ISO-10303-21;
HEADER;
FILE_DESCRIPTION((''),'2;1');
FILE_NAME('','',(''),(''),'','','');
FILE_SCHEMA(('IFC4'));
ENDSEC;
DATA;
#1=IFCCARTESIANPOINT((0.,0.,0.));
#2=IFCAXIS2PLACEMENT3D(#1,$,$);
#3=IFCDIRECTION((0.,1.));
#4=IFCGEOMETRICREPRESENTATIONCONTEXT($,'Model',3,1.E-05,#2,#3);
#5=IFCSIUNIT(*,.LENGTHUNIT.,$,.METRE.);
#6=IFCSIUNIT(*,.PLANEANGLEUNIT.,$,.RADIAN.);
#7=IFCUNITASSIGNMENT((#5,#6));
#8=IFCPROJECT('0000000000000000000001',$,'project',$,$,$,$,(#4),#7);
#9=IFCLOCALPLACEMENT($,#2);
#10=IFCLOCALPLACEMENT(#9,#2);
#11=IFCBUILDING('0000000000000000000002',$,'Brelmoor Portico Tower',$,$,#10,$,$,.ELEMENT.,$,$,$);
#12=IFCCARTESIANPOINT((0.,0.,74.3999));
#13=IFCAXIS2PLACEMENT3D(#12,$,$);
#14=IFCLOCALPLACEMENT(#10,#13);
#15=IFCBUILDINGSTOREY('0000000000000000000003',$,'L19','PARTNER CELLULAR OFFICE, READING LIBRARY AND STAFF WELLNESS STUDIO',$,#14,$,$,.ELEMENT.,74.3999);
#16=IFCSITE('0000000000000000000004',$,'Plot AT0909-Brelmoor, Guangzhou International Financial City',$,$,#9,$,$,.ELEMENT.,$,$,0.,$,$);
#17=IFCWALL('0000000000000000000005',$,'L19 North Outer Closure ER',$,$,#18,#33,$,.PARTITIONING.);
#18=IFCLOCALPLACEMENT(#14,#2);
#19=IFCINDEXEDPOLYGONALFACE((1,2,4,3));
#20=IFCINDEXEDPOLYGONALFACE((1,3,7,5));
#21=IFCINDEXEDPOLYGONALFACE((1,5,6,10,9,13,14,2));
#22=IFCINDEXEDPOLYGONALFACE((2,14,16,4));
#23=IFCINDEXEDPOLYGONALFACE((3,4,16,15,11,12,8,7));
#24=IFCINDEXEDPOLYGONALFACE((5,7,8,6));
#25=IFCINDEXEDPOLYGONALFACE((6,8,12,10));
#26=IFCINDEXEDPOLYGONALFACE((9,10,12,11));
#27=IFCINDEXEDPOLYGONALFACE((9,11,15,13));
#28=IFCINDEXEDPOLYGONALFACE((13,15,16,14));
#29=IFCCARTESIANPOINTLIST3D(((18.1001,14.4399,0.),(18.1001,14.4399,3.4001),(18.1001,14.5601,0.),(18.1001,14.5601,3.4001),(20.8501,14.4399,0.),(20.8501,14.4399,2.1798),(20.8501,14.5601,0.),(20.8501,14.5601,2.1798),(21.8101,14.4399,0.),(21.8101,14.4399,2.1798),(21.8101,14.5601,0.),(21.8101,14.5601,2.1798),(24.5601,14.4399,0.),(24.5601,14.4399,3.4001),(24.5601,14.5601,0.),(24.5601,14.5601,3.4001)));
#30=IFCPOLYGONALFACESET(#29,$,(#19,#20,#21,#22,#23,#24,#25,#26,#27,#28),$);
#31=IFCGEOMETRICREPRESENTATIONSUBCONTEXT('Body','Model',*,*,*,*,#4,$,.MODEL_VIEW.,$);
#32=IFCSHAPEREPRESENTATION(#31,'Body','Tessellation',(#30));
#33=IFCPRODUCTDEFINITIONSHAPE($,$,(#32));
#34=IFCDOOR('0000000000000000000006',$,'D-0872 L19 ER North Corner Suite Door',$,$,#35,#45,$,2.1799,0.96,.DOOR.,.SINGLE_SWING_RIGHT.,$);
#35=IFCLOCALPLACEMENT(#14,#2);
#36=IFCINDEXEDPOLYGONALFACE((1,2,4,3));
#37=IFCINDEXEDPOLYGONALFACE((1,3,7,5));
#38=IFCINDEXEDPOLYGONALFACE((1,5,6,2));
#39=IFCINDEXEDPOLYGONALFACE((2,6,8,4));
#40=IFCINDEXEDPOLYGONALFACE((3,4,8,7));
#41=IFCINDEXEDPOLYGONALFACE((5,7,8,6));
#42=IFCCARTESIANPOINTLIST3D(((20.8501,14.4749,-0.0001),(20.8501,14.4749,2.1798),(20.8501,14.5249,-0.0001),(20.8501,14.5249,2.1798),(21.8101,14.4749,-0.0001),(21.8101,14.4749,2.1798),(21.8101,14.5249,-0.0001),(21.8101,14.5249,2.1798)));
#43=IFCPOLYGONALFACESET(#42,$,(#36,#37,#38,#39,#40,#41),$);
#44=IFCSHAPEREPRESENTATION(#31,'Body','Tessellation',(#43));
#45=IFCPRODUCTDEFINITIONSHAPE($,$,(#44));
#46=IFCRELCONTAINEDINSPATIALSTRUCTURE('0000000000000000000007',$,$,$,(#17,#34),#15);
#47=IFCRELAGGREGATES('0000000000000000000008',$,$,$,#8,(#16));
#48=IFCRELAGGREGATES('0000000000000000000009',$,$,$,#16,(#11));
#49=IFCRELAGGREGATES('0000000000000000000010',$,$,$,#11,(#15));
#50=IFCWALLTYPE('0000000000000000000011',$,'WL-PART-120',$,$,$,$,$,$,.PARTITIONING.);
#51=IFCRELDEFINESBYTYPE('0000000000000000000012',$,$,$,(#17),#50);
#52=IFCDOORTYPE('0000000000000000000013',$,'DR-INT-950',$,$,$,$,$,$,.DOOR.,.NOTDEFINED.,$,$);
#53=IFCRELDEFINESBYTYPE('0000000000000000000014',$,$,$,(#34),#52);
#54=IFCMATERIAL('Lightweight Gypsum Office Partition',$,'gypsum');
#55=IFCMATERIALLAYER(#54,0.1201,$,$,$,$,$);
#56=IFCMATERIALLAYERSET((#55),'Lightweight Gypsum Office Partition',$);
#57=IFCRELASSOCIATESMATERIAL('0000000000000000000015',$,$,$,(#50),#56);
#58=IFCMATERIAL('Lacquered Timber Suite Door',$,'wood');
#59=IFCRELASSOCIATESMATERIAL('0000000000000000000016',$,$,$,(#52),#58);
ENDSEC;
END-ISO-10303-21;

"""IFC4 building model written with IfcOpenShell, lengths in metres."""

from ifc_helpers import new_model, si_unit, direction, frame, frame_2d, origin, place, context, subcontext, project, spatial, rectangle, extrude, material, layer, layer_set, type_object, element, fill, save


model = new_model("IFC4")

# Units and contexts
model_context = context("Model", 3, precision=1e-05, world=origin(), true_north=direction((0.0, 1.0)))
body_context = subcontext(model_context, "Body", "Model", "MODEL_VIEW")
ifc_project = project(units=[si_unit("LENGTHUNIT", "METRE"), si_unit("PLANEANGLEUNIT", "RADIAN")], contexts=[model_context])

# Site, building, storey
site_placement = place(None, origin())
site = spatial("IfcSite", under=ifc_project, at=site_placement, Name="Plot AT0909-Brelmoor, Guangzhou International Financial City", CompositionType="ELEMENT", RefElevation=0.0)
building_placement = place(site_placement, origin())
building = spatial("IfcBuilding", under=site, at=building_placement, Name="Brelmoor Portico Tower", CompositionType="ELEMENT")
storey_placement = place(building_placement, frame((0.0, 0.0, 74.3999)))
storey = spatial("IfcBuildingStorey", under=building, at=storey_placement, Name="L19", Description="PARTNER CELLULAR OFFICE, READING LIBRARY AND STAFF WELLNESS STUDIO", CompositionType="ELEMENT", Elevation=74.3999)

# Wall, opening, door
ifc_material_1 = material(Name="Lightweight Gypsum Office Partition", Category="gypsum")
ifc_layer_1 = layer(ifc_material_1, 0.1201)
ifc_layer_set_1 = layer_set([ifc_layer_1], Name="Lightweight Gypsum Office Partition")
wall_type_1 = type_object("IfcWallType", Name="WL-PART-120", PredefinedType="PARTITIONING", material=ifc_layer_set_1)
wall_placement = place(storey_placement, frame((18.1001, 14.5, 0.0), z_axis=(0.0, 0.0, 1.0), x_axis=(1.0, 0.0, 0.0)))
wall = element("IfcWall", 1, at=wall_placement, inside=storey, type_object=wall_type_1, Name="L19 North Outer Closure ER", PredefinedType="PARTITIONING", context=body_context, shape_type="SweptSolid", body=[
    extrude(rectangle(XDim=6.46, YDim=0.1201, at=frame_2d((3.23, 0.0))), origin(), (0.0, 0.0, 1.0), 3.4001),
])
opening_placement = place(wall_placement, frame((2.75, 0.0, 0.0)))
opening = element("IfcOpeningElement", 2, at=opening_placement, cuts=wall, PredefinedType="OPENING", context=body_context, shape_type="SweptSolid", body=[
    extrude(rectangle(XDim=0.96, YDim=2.1799, at=frame_2d((0.48, 1.0898))), frame((0.0, 0.0701, 0.0), z_axis=(0.0, -1.0, 0.0), x_axis=(1.0, 0.0, 0.0)), (0.0, 0.0, 1.0), 0.1401),
])
ifc_material_2 = material(Name="Lacquered Timber Suite Door", Category="wood")
door_type = type_object("IfcDoorType", Name="DR-INT-950", OperationType="NOTDEFINED", PredefinedType="DOOR", material=ifc_material_2)
door_placement = place(opening_placement, origin())
door = element("IfcDoor", 3, at=door_placement, inside=storey, type_object=door_type, Name="D-0872 L19 ER North Corner Suite Door", OperationType="SINGLE_SWING_RIGHT", OverallHeight=2.1799, OverallWidth=0.96, PredefinedType="DOOR", context=body_context, shape_type="SweptSolid", body=[
    extrude(rectangle(XDim=0.96, YDim=2.1799, at=frame_2d((0.48, 1.0898))), frame((0.0, 0.0249, 0.0), z_axis=(0.0, -1.0, 0.0), x_axis=(1.0, 0.0, 0.0)), (0.0, 0.0, 1.0), 0.05),
])
fill(opening, door)

save(model, "model.ifc")
